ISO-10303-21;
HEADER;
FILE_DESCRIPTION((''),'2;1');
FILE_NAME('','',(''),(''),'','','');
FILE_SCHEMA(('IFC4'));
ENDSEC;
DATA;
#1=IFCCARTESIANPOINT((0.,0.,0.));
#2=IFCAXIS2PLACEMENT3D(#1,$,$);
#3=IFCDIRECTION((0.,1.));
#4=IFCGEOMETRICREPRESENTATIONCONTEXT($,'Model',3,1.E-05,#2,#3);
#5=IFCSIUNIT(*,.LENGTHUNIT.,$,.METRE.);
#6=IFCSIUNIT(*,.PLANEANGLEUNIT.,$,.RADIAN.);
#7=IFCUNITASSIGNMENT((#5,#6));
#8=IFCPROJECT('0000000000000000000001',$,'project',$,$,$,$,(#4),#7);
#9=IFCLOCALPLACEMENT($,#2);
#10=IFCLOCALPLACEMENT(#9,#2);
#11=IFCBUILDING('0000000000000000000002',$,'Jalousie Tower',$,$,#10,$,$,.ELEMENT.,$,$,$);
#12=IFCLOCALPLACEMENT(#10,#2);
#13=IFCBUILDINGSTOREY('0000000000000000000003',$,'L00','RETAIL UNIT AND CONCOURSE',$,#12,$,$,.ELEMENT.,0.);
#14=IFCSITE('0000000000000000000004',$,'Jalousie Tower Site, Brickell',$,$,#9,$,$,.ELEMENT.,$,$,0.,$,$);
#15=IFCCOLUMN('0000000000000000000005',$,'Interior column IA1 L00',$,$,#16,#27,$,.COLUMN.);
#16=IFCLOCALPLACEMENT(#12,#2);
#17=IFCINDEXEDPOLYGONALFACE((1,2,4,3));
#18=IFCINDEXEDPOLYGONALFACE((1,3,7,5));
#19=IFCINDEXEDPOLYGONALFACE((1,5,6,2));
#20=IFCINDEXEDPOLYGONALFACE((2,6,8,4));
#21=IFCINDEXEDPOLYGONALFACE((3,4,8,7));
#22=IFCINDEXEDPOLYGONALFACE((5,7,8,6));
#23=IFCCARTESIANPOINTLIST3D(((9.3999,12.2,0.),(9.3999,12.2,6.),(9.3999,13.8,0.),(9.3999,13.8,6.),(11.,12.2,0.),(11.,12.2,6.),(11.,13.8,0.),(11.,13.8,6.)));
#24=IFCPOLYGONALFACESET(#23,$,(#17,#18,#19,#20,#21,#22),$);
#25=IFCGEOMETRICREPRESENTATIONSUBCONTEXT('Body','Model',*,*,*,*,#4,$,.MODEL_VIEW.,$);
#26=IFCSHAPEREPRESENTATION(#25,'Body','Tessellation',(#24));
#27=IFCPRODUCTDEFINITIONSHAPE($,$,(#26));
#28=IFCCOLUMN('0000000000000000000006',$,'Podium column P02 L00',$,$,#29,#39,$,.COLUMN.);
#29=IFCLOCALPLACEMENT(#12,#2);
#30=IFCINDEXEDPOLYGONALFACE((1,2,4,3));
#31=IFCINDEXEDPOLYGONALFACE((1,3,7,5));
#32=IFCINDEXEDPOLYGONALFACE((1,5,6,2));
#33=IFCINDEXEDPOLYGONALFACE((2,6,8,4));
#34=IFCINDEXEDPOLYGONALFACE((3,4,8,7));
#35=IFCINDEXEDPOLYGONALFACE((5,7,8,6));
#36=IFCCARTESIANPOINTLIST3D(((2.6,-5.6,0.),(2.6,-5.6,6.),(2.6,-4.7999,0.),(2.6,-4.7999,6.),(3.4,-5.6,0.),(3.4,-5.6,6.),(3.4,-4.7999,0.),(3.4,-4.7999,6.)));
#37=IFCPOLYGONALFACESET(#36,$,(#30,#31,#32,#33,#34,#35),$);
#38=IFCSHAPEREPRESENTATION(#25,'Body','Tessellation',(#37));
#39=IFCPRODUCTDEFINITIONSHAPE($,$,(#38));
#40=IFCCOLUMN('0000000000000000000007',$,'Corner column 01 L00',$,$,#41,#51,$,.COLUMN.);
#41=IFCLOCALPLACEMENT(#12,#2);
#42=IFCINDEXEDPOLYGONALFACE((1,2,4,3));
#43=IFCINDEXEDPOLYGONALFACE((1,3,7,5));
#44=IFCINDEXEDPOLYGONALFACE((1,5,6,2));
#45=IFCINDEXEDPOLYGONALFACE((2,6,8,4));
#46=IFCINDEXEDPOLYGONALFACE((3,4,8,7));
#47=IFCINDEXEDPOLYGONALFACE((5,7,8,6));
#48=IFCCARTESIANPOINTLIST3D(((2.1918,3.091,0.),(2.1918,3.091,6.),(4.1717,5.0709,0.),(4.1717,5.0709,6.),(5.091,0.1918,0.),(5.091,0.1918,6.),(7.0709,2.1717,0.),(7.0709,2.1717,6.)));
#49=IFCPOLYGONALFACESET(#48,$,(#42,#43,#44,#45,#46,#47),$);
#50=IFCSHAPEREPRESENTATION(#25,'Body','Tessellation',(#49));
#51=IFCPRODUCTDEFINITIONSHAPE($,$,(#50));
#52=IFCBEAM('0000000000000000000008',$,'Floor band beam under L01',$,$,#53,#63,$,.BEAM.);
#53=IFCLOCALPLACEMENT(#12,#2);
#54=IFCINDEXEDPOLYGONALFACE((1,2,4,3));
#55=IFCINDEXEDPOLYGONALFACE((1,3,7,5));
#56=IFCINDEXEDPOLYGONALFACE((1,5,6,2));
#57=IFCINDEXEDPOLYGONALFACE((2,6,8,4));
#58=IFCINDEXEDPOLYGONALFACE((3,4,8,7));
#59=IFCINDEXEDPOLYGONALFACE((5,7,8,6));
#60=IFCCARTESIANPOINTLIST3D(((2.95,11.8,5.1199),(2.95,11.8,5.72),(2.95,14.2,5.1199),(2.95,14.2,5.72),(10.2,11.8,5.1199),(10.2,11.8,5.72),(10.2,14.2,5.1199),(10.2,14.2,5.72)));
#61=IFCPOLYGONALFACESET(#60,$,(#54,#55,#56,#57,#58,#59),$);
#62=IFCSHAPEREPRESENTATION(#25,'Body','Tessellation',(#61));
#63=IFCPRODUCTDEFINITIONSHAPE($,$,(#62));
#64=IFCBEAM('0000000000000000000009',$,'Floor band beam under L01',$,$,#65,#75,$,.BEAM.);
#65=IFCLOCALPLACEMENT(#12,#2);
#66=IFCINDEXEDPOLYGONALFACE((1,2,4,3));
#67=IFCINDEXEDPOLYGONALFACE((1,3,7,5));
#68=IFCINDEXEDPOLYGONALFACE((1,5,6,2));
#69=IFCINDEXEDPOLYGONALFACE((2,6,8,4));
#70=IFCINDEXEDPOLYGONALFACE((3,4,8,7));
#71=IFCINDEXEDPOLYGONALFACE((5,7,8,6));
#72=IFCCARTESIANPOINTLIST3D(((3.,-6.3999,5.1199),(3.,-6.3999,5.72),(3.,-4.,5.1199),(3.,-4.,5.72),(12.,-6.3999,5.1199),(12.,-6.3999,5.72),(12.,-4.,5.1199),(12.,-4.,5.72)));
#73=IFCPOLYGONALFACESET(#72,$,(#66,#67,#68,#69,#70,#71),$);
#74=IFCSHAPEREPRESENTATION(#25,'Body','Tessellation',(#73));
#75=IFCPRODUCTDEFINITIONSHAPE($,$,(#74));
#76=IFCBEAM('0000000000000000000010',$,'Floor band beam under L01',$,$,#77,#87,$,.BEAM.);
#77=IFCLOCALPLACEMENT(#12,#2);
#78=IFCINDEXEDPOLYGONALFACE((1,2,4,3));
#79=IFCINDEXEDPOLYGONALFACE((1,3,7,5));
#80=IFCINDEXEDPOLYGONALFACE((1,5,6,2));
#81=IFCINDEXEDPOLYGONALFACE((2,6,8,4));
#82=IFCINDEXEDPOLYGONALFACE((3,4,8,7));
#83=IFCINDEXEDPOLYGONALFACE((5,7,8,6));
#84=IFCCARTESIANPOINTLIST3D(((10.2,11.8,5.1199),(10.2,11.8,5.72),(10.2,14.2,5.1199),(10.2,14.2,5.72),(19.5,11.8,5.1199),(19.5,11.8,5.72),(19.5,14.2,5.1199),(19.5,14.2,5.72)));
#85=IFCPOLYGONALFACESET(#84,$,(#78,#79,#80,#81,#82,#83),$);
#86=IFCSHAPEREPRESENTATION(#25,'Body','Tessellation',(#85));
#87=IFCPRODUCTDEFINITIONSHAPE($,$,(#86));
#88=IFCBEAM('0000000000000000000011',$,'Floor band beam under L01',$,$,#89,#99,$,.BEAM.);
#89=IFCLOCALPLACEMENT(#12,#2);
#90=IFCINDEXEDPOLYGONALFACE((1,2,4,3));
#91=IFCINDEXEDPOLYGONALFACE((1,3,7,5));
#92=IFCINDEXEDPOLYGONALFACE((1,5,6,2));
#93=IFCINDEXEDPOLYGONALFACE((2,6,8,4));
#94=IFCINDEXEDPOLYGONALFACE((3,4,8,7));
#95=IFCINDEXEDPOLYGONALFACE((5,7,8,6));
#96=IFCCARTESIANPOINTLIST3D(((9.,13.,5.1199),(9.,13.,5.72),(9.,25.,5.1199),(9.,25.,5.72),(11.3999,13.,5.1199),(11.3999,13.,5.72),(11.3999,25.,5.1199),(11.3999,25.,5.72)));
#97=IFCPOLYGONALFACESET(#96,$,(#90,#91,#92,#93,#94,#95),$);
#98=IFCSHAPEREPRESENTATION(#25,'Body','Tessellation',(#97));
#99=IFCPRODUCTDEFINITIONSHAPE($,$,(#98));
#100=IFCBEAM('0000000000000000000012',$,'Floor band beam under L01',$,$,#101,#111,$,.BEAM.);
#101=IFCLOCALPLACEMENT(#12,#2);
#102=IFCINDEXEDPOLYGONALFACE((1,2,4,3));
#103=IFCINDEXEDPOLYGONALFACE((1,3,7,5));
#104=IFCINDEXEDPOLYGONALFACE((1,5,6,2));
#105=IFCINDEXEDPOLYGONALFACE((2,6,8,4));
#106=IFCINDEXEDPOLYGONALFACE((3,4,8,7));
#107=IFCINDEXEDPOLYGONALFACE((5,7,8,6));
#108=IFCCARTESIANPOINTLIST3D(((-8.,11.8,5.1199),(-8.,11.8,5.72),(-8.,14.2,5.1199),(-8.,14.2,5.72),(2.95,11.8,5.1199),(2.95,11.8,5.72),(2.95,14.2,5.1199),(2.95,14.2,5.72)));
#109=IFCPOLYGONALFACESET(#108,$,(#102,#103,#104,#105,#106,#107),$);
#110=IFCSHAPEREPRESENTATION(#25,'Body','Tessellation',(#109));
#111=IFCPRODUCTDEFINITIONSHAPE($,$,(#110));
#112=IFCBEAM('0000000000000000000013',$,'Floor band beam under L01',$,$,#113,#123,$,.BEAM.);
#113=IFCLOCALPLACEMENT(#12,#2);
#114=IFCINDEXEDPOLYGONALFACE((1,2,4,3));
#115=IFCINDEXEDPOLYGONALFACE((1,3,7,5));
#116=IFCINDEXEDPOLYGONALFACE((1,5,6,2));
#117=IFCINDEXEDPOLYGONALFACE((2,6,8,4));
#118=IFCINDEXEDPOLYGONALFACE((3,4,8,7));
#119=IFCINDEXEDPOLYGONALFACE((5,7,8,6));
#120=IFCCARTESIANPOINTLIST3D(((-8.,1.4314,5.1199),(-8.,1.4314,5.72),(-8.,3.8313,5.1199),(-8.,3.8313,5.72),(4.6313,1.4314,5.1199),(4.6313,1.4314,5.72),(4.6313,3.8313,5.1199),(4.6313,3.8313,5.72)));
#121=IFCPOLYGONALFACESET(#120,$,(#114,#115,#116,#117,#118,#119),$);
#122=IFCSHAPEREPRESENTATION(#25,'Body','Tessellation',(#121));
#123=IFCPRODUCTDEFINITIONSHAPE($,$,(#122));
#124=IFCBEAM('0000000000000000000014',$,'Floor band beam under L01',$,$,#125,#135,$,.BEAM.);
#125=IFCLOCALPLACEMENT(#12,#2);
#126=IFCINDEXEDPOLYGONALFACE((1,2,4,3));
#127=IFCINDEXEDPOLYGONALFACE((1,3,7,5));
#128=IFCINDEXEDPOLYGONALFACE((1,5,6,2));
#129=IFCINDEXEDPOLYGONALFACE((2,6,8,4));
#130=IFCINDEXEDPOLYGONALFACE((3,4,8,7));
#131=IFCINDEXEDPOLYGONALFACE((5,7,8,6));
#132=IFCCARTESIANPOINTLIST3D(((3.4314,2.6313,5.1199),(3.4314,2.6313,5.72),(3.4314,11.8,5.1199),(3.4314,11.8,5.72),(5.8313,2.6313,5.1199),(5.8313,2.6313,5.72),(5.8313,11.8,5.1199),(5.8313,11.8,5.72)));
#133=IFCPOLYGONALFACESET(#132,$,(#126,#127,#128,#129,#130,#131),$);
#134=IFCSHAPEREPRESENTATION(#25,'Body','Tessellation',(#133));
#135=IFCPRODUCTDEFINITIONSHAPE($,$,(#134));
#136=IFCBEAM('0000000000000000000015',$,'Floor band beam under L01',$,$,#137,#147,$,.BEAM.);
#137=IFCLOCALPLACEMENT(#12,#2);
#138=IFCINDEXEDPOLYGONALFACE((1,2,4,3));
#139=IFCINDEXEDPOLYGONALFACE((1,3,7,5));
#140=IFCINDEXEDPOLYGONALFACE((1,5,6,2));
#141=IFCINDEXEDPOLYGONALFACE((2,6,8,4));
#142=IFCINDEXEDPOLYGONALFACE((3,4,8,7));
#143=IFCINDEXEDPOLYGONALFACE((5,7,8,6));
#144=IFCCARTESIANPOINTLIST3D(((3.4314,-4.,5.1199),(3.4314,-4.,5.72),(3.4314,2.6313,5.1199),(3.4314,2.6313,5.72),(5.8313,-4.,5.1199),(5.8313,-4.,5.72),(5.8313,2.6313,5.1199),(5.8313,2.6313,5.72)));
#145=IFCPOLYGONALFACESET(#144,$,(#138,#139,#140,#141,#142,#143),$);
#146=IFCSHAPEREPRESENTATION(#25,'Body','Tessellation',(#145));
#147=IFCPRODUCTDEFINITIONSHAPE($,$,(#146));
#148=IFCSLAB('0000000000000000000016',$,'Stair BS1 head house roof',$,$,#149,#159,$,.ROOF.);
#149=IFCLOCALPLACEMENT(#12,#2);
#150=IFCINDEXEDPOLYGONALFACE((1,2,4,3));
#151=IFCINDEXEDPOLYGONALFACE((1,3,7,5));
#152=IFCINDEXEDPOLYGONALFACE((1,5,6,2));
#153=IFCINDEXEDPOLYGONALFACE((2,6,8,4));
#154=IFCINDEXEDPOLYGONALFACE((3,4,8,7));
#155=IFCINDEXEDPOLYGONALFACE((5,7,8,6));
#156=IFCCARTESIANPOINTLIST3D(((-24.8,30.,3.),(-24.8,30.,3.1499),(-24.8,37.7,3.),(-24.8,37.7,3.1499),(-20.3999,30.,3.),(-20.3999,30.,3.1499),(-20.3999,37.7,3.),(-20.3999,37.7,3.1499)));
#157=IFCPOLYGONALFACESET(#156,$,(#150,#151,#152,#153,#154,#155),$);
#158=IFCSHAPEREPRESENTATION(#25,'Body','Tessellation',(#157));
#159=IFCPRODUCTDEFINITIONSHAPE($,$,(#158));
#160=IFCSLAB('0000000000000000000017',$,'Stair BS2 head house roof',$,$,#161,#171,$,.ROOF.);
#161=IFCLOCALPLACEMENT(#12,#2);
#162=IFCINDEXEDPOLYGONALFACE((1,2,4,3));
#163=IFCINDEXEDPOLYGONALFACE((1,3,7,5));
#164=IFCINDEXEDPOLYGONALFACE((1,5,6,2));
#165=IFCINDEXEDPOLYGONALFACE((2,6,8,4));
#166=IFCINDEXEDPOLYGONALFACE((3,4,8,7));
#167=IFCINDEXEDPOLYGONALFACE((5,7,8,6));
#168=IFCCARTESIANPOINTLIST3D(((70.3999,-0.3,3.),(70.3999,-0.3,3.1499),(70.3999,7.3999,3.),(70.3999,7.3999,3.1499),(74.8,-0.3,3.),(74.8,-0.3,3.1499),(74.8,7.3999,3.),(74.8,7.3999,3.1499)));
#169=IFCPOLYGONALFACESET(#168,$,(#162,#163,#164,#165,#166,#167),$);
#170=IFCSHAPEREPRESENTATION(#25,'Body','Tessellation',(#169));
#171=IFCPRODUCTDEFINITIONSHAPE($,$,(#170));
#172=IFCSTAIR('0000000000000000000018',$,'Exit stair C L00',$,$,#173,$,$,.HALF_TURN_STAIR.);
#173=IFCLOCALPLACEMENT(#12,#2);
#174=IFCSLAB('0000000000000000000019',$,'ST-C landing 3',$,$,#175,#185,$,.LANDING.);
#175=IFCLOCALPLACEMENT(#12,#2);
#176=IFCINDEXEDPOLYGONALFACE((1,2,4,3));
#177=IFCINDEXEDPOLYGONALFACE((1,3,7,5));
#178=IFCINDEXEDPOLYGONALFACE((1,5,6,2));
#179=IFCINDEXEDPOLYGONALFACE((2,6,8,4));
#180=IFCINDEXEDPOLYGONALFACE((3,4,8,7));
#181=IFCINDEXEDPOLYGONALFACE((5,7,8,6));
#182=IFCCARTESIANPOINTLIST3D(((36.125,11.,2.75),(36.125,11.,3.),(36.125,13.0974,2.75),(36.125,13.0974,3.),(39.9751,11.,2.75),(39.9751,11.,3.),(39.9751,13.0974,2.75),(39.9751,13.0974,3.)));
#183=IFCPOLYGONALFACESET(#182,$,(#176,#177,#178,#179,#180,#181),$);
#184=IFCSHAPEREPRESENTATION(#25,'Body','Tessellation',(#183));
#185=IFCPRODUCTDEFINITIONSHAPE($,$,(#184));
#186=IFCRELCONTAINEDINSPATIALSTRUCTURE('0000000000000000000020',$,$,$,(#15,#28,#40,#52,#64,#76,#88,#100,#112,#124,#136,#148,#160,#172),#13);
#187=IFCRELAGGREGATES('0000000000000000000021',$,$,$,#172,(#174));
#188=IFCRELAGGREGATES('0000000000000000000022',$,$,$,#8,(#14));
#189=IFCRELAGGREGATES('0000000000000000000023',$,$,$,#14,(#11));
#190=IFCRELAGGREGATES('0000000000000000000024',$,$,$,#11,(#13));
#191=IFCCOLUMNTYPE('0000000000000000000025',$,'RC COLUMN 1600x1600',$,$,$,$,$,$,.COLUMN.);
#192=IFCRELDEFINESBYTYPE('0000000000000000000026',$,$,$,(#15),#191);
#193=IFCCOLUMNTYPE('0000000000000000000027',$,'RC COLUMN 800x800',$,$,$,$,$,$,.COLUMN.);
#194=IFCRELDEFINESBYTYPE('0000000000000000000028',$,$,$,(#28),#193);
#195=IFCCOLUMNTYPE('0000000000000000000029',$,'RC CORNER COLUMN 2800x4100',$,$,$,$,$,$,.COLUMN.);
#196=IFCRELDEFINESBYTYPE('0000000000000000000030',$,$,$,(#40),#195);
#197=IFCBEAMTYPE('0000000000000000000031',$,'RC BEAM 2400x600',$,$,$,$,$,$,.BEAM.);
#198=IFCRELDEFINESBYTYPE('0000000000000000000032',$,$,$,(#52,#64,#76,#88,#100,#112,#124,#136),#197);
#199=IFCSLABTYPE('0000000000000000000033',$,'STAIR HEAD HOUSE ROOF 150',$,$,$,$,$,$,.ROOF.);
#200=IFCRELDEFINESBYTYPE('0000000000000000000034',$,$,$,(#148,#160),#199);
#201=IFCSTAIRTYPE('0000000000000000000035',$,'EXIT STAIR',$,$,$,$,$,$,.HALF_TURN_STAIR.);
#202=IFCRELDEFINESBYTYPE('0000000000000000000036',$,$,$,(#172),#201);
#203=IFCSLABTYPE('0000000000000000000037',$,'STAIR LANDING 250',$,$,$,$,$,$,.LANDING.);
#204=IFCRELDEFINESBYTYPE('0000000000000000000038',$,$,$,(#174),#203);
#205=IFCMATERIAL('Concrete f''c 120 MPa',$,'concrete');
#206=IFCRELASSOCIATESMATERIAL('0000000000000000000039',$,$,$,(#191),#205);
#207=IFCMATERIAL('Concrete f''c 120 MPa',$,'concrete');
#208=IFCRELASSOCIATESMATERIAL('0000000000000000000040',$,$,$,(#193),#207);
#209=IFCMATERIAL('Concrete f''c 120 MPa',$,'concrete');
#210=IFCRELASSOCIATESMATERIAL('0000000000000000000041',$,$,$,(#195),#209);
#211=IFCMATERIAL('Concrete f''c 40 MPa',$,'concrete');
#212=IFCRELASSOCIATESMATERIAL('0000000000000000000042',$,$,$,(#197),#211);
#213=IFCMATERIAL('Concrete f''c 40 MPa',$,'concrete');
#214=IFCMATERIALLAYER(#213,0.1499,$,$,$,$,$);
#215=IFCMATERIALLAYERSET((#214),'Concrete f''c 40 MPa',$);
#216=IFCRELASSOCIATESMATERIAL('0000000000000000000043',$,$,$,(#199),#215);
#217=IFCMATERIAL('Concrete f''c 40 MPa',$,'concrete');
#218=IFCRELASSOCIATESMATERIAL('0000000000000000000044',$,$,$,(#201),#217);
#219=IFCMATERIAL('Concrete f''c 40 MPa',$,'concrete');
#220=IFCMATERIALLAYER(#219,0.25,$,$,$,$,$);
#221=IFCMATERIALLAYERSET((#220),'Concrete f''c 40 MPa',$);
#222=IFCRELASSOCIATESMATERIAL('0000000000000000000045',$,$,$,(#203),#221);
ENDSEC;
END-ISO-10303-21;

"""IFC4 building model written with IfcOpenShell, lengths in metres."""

from ifc_helpers import new_model, si_unit, direction, frame, origin, origin_2d, place, context, subcontext, project, spatial, polyline, rectangle, outline, extrude, material, layer, layer_set, material_profile, profile_set, type_object, element, aggregate, save


model = new_model("IFC4")

# Units and contexts
model_context = context("Model", 3, precision=1e-05, world=origin(), true_north=direction((0.0, 1.0)))
body_context = subcontext(model_context, "Body", "Model", "MODEL_VIEW")
ifc_project = project(units=[si_unit("LENGTHUNIT", "METRE"), si_unit("PLANEANGLEUNIT", "RADIAN")], contexts=[model_context])

# Site, building, storey
site_placement = place(None, origin())
site = spatial("IfcSite", under=ifc_project, at=site_placement, Name="Jalousie Tower Site, Brickell", CompositionType="ELEMENT", RefElevation=0.0)
building_placement = place(site_placement, origin())
building = spatial("IfcBuilding", under=site, at=building_placement, Name="Jalousie Tower", CompositionType="ELEMENT")
storey_placement = place(building_placement, origin())
storey = spatial("IfcBuildingStorey", under=building, at=storey_placement, Name="L00", Description="RETAIL UNIT AND CONCOURSE", CompositionType="ELEMENT", Elevation=0.0)

# Columns
ifc_material_1 = material(Name="Concrete f'c 120 MPa", Category="concrete")
ifc_material_profile_1 = material_profile(ifc_material_1, rectangle(XDim=1.6001, YDim=1.6001, at=origin_2d()), Name="RC 1600x1600")
ifc_profile_set_1 = profile_set([ifc_material_profile_1], Name="Concrete f'c 120 MPa")
column_type_1 = type_object("IfcColumnType", Name="RC COLUMN 1600x1600", PredefinedType="COLUMN", material=ifc_profile_set_1)
column_1_placement = place(storey_placement, frame((10.2, 13.0, 0.0), z_axis=(0.0, 0.0, 1.0), x_axis=(1.0, 0.0, 0.0)))
element("IfcColumn", 1, at=column_1_placement, inside=storey, type_object=column_type_1, Name="Interior column IA1 L00", PredefinedType="COLUMN", context=body_context, shape_type="SweptSolid", body=[
    extrude(rectangle(XDim=1.6001, YDim=1.6001, at=origin_2d()), origin(), (0.0, 0.0, 1.0), 6.0),
])
ifc_material_2 = material(Name="Concrete f'c 120 MPa", Category="concrete")
ifc_material_profile_2 = material_profile(ifc_material_2, rectangle(XDim=0.8, YDim=0.8, at=origin_2d()), Name="RC 800x800")
ifc_profile_set_2 = profile_set([ifc_material_profile_2], Name="Concrete f'c 120 MPa")
column_type_2 = type_object("IfcColumnType", Name="RC COLUMN 800x800", PredefinedType="COLUMN", material=ifc_profile_set_2)
column_2_placement = place(storey_placement, frame((3.0, -5.2, 0.0), z_axis=(0.0, 0.0, 1.0), x_axis=(1.0, 0.0, 0.0)))
element("IfcColumn", 2, at=column_2_placement, inside=storey, type_object=column_type_2, Name="Podium column P02 L00", PredefinedType="COLUMN", context=body_context, shape_type="SweptSolid", body=[
    extrude(rectangle(XDim=0.8, YDim=0.8, at=origin_2d()), origin(), (0.0, 0.0, 1.0), 6.0),
])
ifc_material_3 = material(Name="Concrete f'c 120 MPa", Category="concrete")
ifc_material_profile_3 = material_profile(ifc_material_3, rectangle(XDim=2.8, YDim=4.1001, at=origin_2d()), Name="RC 2800x4100")
ifc_profile_set_3 = profile_set([ifc_material_profile_3], Name="Concrete f'c 120 MPa")
column_type_3 = type_object("IfcColumnType", Name="RC CORNER COLUMN 2800x4100", PredefinedType="COLUMN", material=ifc_profile_set_3)
column_3_placement = place(storey_placement, frame((4.6313, 2.6313, 0.0), z_axis=(0.0, 0.0, 1.0), x_axis=(0.707107, 0.707107, 0.0)))
element("IfcColumn", 3, at=column_3_placement, inside=storey, type_object=column_type_3, Name="Corner column 01 L00", PredefinedType="COLUMN", context=body_context, shape_type="SweptSolid", body=[
    extrude(rectangle(XDim=2.8, YDim=4.1001, at=origin_2d()), origin(), (0.0, 0.0, 1.0), 6.0),
])

# Beams
ifc_material_4 = material(Name="Concrete f'c 40 MPa", Category="concrete")
ifc_material_profile_4 = material_profile(ifc_material_4, rectangle(XDim=2.3999, YDim=0.6001, at=origin_2d()), Name="RC 2400x600")
ifc_profile_set_4 = profile_set([ifc_material_profile_4], Name="Concrete f'c 40 MPa")
beam_type = type_object("IfcBeamType", Name="RC BEAM 2400x600", PredefinedType="BEAM", material=ifc_profile_set_4)
beam_1_placement = place(storey_placement, frame((2.95, 13.0, 5.4199), z_axis=(1.0, 0.0, 0.0), x_axis=(0.0, 1.0, 0.0)))
element("IfcBeam", 4, at=beam_1_placement, inside=storey, type_object=beam_type, Name="Floor band beam under L01", PredefinedType="BEAM", context=body_context, shape_type="SweptSolid", body=[
    extrude(rectangle(XDim=2.3999, YDim=0.6001, at=origin_2d()), origin(), (0.0, 0.0, 1.0), 7.25),
])
beam_2_placement = place(storey_placement, frame((3.0, -5.2, 5.4199), z_axis=(1.0, 0.0, 0.0), x_axis=(0.0, 1.0, 0.0)))
element("IfcBeam", 5, at=beam_2_placement, inside=storey, type_object=beam_type, Name="Floor band beam under L01", PredefinedType="BEAM", context=body_context, shape_type="SweptSolid", body=[
    extrude(rectangle(XDim=2.3999, YDim=0.6001, at=origin_2d()), origin(), (0.0, 0.0, 1.0), 9.0),
])
beam_3_placement = place(storey_placement, frame((10.2, 13.0, 5.4199), z_axis=(1.0, 0.0, 0.0), x_axis=(0.0, 1.0, 0.0)))
element("IfcBeam", 6, at=beam_3_placement, inside=storey, type_object=beam_type, Name="Floor band beam under L01", PredefinedType="BEAM", context=body_context, shape_type="SweptSolid", body=[
    extrude(rectangle(XDim=2.3999, YDim=0.6001, at=origin_2d()), origin(), (0.0, 0.0, 1.0), 9.3),
])
beam_4_placement = place(storey_placement, frame((10.2, 13.0, 5.4199), z_axis=(0.0, 1.0, 0.0), x_axis=(-1.0, 0.0, 0.0)))
element("IfcBeam", 7, at=beam_4_placement, inside=storey, type_object=beam_type, Name="Floor band beam under L01", PredefinedType="BEAM", context=body_context, shape_type="SweptSolid", body=[
    extrude(rectangle(XDim=2.3999, YDim=0.6001, at=origin_2d()), origin(), (0.0, 0.0, 1.0), 12.0),
])
beam_5_placement = place(storey_placement, frame((2.95, 13.0, 5.4199), z_axis=(-1.0, 0.0, 0.0), x_axis=(0.0, -1.0, 0.0)))
element("IfcBeam", 8, at=beam_5_placement, inside=storey, type_object=beam_type, Name="Floor band beam under L01", PredefinedType="BEAM", context=body_context, shape_type="SweptSolid", body=[
    extrude(rectangle(XDim=2.3999, YDim=0.6001, at=origin_2d()), origin(), (0.0, 0.0, 1.0), 10.95),
])
beam_6_placement = place(storey_placement, frame((4.6313, 2.6313, 5.4199), z_axis=(-1.0, 0.0, 0.0), x_axis=(0.0, -1.0, 0.0)))
element("IfcBeam", 9, at=beam_6_placement, inside=storey, type_object=beam_type, Name="Floor band beam under L01", PredefinedType="BEAM", context=body_context, shape_type="SweptSolid", body=[
    extrude(rectangle(XDim=2.3999, YDim=0.6001, at=origin_2d()), origin(), (0.0, 0.0, 1.0), 12.6313),
])
beam_7_placement = place(storey_placement, frame((4.6313, 2.6313, 5.4199), z_axis=(0.0, 1.0, 0.0), x_axis=(-1.0, 0.0, 0.0)))
element("IfcBeam", 10, at=beam_7_placement, inside=storey, type_object=beam_type, Name="Floor band beam under L01", PredefinedType="BEAM", context=body_context, shape_type="SweptSolid", body=[
    extrude(rectangle(XDim=2.3999, YDim=0.6001, at=origin_2d()), origin(), (0.0, 0.0, 1.0), 9.1687),
])
beam_8_placement = place(storey_placement, frame((4.6313, 2.6313, 5.4199), z_axis=(0.0, -1.0, 0.0), x_axis=(1.0, 0.0, 0.0)))
element("IfcBeam", 11, at=beam_8_placement, inside=storey, type_object=beam_type, Name="Floor band beam under L01", PredefinedType="BEAM", context=body_context, shape_type="SweptSolid", body=[
    extrude(rectangle(XDim=2.3999, YDim=0.6001, at=origin_2d()), origin(), (0.0, 0.0, 1.0), 6.6313),
])

# Slabs
ifc_material_5 = material(Name="Concrete f'c 40 MPa", Category="concrete")
ifc_layer_1 = layer(ifc_material_5, 0.1499)
ifc_layer_set_1 = layer_set([ifc_layer_1], Name="Concrete f'c 40 MPa")
slab_type_1 = type_object("IfcSlabType", Name="STAIR HEAD HOUSE ROOF 150", PredefinedType="ROOF", material=ifc_layer_set_1)
slab_1_placement = place(storey_placement, frame((0.0, 0.0, 3.0)))
element("IfcSlab", 12, at=slab_1_placement, inside=storey, type_object=slab_type_1, Name="Stair BS1 head house roof", PredefinedType="ROOF", context=body_context, shape_type="SweptSolid", body=[
    extrude(outline(polyline([(-24.8, 30.0), (-20.3999, 30.0), (-20.3999, 37.7), (-24.8, 37.7), (-24.8, 30.0)])), origin(), (0.0, 0.0, 1.0), 0.1499),
])
slab_2_placement = place(storey_placement, frame((0.0, 0.0, 3.0)))
element("IfcSlab", 13, at=slab_2_placement, inside=storey, type_object=slab_type_1, Name="Stair BS2 head house roof", PredefinedType="ROOF", context=body_context, shape_type="SweptSolid", body=[
    extrude(outline(polyline([(70.3999, -0.3), (74.8, -0.3), (74.8, 7.3999), (70.3999, 7.3999), (70.3999, -0.3)])), origin(), (0.0, 0.0, 1.0), 0.1499),
])

# Stair, slab
ifc_material_6 = material(Name="Concrete f'c 40 MPa", Category="concrete")
stair_type_1 = type_object("IfcStairType", Name="EXIT STAIR", PredefinedType="HALF_TURN_STAIR", material=ifc_material_6)
stair_1_placement = place(storey_placement, origin())
stair_1 = element("IfcStair", 14, at=stair_1_placement, inside=storey, type_object=stair_type_1, Name="Exit stair C L00", PredefinedType="HALF_TURN_STAIR")
ifc_material_7 = material(Name="Concrete f'c 40 MPa", Category="concrete")
ifc_layer_2 = layer(ifc_material_7, 0.25)
ifc_layer_set_2 = layer_set([ifc_layer_2], Name="Concrete f'c 40 MPa")
slab_type_2 = type_object("IfcSlabType", Name="STAIR LANDING 250", PredefinedType="LANDING", material=ifc_layer_set_2)
slab_3_placement = place(storey_placement, frame((0.0, 0.0, 2.75)))
slab_3 = element("IfcSlab", 15, at=slab_3_placement, type_object=slab_type_2, Name="ST-C landing 3", PredefinedType="LANDING", context=body_context, shape_type="SweptSolid", body=[
    extrude(outline(polyline([(36.125, 11.0), (39.9751, 11.0), (39.9751, 13.0974), (36.125, 13.0974), (36.125, 11.0)])), origin(), (0.0, 0.0, 1.0), 0.25),
])
aggregate(stair_1, [slab_3])

save(model, "model.ifc")
